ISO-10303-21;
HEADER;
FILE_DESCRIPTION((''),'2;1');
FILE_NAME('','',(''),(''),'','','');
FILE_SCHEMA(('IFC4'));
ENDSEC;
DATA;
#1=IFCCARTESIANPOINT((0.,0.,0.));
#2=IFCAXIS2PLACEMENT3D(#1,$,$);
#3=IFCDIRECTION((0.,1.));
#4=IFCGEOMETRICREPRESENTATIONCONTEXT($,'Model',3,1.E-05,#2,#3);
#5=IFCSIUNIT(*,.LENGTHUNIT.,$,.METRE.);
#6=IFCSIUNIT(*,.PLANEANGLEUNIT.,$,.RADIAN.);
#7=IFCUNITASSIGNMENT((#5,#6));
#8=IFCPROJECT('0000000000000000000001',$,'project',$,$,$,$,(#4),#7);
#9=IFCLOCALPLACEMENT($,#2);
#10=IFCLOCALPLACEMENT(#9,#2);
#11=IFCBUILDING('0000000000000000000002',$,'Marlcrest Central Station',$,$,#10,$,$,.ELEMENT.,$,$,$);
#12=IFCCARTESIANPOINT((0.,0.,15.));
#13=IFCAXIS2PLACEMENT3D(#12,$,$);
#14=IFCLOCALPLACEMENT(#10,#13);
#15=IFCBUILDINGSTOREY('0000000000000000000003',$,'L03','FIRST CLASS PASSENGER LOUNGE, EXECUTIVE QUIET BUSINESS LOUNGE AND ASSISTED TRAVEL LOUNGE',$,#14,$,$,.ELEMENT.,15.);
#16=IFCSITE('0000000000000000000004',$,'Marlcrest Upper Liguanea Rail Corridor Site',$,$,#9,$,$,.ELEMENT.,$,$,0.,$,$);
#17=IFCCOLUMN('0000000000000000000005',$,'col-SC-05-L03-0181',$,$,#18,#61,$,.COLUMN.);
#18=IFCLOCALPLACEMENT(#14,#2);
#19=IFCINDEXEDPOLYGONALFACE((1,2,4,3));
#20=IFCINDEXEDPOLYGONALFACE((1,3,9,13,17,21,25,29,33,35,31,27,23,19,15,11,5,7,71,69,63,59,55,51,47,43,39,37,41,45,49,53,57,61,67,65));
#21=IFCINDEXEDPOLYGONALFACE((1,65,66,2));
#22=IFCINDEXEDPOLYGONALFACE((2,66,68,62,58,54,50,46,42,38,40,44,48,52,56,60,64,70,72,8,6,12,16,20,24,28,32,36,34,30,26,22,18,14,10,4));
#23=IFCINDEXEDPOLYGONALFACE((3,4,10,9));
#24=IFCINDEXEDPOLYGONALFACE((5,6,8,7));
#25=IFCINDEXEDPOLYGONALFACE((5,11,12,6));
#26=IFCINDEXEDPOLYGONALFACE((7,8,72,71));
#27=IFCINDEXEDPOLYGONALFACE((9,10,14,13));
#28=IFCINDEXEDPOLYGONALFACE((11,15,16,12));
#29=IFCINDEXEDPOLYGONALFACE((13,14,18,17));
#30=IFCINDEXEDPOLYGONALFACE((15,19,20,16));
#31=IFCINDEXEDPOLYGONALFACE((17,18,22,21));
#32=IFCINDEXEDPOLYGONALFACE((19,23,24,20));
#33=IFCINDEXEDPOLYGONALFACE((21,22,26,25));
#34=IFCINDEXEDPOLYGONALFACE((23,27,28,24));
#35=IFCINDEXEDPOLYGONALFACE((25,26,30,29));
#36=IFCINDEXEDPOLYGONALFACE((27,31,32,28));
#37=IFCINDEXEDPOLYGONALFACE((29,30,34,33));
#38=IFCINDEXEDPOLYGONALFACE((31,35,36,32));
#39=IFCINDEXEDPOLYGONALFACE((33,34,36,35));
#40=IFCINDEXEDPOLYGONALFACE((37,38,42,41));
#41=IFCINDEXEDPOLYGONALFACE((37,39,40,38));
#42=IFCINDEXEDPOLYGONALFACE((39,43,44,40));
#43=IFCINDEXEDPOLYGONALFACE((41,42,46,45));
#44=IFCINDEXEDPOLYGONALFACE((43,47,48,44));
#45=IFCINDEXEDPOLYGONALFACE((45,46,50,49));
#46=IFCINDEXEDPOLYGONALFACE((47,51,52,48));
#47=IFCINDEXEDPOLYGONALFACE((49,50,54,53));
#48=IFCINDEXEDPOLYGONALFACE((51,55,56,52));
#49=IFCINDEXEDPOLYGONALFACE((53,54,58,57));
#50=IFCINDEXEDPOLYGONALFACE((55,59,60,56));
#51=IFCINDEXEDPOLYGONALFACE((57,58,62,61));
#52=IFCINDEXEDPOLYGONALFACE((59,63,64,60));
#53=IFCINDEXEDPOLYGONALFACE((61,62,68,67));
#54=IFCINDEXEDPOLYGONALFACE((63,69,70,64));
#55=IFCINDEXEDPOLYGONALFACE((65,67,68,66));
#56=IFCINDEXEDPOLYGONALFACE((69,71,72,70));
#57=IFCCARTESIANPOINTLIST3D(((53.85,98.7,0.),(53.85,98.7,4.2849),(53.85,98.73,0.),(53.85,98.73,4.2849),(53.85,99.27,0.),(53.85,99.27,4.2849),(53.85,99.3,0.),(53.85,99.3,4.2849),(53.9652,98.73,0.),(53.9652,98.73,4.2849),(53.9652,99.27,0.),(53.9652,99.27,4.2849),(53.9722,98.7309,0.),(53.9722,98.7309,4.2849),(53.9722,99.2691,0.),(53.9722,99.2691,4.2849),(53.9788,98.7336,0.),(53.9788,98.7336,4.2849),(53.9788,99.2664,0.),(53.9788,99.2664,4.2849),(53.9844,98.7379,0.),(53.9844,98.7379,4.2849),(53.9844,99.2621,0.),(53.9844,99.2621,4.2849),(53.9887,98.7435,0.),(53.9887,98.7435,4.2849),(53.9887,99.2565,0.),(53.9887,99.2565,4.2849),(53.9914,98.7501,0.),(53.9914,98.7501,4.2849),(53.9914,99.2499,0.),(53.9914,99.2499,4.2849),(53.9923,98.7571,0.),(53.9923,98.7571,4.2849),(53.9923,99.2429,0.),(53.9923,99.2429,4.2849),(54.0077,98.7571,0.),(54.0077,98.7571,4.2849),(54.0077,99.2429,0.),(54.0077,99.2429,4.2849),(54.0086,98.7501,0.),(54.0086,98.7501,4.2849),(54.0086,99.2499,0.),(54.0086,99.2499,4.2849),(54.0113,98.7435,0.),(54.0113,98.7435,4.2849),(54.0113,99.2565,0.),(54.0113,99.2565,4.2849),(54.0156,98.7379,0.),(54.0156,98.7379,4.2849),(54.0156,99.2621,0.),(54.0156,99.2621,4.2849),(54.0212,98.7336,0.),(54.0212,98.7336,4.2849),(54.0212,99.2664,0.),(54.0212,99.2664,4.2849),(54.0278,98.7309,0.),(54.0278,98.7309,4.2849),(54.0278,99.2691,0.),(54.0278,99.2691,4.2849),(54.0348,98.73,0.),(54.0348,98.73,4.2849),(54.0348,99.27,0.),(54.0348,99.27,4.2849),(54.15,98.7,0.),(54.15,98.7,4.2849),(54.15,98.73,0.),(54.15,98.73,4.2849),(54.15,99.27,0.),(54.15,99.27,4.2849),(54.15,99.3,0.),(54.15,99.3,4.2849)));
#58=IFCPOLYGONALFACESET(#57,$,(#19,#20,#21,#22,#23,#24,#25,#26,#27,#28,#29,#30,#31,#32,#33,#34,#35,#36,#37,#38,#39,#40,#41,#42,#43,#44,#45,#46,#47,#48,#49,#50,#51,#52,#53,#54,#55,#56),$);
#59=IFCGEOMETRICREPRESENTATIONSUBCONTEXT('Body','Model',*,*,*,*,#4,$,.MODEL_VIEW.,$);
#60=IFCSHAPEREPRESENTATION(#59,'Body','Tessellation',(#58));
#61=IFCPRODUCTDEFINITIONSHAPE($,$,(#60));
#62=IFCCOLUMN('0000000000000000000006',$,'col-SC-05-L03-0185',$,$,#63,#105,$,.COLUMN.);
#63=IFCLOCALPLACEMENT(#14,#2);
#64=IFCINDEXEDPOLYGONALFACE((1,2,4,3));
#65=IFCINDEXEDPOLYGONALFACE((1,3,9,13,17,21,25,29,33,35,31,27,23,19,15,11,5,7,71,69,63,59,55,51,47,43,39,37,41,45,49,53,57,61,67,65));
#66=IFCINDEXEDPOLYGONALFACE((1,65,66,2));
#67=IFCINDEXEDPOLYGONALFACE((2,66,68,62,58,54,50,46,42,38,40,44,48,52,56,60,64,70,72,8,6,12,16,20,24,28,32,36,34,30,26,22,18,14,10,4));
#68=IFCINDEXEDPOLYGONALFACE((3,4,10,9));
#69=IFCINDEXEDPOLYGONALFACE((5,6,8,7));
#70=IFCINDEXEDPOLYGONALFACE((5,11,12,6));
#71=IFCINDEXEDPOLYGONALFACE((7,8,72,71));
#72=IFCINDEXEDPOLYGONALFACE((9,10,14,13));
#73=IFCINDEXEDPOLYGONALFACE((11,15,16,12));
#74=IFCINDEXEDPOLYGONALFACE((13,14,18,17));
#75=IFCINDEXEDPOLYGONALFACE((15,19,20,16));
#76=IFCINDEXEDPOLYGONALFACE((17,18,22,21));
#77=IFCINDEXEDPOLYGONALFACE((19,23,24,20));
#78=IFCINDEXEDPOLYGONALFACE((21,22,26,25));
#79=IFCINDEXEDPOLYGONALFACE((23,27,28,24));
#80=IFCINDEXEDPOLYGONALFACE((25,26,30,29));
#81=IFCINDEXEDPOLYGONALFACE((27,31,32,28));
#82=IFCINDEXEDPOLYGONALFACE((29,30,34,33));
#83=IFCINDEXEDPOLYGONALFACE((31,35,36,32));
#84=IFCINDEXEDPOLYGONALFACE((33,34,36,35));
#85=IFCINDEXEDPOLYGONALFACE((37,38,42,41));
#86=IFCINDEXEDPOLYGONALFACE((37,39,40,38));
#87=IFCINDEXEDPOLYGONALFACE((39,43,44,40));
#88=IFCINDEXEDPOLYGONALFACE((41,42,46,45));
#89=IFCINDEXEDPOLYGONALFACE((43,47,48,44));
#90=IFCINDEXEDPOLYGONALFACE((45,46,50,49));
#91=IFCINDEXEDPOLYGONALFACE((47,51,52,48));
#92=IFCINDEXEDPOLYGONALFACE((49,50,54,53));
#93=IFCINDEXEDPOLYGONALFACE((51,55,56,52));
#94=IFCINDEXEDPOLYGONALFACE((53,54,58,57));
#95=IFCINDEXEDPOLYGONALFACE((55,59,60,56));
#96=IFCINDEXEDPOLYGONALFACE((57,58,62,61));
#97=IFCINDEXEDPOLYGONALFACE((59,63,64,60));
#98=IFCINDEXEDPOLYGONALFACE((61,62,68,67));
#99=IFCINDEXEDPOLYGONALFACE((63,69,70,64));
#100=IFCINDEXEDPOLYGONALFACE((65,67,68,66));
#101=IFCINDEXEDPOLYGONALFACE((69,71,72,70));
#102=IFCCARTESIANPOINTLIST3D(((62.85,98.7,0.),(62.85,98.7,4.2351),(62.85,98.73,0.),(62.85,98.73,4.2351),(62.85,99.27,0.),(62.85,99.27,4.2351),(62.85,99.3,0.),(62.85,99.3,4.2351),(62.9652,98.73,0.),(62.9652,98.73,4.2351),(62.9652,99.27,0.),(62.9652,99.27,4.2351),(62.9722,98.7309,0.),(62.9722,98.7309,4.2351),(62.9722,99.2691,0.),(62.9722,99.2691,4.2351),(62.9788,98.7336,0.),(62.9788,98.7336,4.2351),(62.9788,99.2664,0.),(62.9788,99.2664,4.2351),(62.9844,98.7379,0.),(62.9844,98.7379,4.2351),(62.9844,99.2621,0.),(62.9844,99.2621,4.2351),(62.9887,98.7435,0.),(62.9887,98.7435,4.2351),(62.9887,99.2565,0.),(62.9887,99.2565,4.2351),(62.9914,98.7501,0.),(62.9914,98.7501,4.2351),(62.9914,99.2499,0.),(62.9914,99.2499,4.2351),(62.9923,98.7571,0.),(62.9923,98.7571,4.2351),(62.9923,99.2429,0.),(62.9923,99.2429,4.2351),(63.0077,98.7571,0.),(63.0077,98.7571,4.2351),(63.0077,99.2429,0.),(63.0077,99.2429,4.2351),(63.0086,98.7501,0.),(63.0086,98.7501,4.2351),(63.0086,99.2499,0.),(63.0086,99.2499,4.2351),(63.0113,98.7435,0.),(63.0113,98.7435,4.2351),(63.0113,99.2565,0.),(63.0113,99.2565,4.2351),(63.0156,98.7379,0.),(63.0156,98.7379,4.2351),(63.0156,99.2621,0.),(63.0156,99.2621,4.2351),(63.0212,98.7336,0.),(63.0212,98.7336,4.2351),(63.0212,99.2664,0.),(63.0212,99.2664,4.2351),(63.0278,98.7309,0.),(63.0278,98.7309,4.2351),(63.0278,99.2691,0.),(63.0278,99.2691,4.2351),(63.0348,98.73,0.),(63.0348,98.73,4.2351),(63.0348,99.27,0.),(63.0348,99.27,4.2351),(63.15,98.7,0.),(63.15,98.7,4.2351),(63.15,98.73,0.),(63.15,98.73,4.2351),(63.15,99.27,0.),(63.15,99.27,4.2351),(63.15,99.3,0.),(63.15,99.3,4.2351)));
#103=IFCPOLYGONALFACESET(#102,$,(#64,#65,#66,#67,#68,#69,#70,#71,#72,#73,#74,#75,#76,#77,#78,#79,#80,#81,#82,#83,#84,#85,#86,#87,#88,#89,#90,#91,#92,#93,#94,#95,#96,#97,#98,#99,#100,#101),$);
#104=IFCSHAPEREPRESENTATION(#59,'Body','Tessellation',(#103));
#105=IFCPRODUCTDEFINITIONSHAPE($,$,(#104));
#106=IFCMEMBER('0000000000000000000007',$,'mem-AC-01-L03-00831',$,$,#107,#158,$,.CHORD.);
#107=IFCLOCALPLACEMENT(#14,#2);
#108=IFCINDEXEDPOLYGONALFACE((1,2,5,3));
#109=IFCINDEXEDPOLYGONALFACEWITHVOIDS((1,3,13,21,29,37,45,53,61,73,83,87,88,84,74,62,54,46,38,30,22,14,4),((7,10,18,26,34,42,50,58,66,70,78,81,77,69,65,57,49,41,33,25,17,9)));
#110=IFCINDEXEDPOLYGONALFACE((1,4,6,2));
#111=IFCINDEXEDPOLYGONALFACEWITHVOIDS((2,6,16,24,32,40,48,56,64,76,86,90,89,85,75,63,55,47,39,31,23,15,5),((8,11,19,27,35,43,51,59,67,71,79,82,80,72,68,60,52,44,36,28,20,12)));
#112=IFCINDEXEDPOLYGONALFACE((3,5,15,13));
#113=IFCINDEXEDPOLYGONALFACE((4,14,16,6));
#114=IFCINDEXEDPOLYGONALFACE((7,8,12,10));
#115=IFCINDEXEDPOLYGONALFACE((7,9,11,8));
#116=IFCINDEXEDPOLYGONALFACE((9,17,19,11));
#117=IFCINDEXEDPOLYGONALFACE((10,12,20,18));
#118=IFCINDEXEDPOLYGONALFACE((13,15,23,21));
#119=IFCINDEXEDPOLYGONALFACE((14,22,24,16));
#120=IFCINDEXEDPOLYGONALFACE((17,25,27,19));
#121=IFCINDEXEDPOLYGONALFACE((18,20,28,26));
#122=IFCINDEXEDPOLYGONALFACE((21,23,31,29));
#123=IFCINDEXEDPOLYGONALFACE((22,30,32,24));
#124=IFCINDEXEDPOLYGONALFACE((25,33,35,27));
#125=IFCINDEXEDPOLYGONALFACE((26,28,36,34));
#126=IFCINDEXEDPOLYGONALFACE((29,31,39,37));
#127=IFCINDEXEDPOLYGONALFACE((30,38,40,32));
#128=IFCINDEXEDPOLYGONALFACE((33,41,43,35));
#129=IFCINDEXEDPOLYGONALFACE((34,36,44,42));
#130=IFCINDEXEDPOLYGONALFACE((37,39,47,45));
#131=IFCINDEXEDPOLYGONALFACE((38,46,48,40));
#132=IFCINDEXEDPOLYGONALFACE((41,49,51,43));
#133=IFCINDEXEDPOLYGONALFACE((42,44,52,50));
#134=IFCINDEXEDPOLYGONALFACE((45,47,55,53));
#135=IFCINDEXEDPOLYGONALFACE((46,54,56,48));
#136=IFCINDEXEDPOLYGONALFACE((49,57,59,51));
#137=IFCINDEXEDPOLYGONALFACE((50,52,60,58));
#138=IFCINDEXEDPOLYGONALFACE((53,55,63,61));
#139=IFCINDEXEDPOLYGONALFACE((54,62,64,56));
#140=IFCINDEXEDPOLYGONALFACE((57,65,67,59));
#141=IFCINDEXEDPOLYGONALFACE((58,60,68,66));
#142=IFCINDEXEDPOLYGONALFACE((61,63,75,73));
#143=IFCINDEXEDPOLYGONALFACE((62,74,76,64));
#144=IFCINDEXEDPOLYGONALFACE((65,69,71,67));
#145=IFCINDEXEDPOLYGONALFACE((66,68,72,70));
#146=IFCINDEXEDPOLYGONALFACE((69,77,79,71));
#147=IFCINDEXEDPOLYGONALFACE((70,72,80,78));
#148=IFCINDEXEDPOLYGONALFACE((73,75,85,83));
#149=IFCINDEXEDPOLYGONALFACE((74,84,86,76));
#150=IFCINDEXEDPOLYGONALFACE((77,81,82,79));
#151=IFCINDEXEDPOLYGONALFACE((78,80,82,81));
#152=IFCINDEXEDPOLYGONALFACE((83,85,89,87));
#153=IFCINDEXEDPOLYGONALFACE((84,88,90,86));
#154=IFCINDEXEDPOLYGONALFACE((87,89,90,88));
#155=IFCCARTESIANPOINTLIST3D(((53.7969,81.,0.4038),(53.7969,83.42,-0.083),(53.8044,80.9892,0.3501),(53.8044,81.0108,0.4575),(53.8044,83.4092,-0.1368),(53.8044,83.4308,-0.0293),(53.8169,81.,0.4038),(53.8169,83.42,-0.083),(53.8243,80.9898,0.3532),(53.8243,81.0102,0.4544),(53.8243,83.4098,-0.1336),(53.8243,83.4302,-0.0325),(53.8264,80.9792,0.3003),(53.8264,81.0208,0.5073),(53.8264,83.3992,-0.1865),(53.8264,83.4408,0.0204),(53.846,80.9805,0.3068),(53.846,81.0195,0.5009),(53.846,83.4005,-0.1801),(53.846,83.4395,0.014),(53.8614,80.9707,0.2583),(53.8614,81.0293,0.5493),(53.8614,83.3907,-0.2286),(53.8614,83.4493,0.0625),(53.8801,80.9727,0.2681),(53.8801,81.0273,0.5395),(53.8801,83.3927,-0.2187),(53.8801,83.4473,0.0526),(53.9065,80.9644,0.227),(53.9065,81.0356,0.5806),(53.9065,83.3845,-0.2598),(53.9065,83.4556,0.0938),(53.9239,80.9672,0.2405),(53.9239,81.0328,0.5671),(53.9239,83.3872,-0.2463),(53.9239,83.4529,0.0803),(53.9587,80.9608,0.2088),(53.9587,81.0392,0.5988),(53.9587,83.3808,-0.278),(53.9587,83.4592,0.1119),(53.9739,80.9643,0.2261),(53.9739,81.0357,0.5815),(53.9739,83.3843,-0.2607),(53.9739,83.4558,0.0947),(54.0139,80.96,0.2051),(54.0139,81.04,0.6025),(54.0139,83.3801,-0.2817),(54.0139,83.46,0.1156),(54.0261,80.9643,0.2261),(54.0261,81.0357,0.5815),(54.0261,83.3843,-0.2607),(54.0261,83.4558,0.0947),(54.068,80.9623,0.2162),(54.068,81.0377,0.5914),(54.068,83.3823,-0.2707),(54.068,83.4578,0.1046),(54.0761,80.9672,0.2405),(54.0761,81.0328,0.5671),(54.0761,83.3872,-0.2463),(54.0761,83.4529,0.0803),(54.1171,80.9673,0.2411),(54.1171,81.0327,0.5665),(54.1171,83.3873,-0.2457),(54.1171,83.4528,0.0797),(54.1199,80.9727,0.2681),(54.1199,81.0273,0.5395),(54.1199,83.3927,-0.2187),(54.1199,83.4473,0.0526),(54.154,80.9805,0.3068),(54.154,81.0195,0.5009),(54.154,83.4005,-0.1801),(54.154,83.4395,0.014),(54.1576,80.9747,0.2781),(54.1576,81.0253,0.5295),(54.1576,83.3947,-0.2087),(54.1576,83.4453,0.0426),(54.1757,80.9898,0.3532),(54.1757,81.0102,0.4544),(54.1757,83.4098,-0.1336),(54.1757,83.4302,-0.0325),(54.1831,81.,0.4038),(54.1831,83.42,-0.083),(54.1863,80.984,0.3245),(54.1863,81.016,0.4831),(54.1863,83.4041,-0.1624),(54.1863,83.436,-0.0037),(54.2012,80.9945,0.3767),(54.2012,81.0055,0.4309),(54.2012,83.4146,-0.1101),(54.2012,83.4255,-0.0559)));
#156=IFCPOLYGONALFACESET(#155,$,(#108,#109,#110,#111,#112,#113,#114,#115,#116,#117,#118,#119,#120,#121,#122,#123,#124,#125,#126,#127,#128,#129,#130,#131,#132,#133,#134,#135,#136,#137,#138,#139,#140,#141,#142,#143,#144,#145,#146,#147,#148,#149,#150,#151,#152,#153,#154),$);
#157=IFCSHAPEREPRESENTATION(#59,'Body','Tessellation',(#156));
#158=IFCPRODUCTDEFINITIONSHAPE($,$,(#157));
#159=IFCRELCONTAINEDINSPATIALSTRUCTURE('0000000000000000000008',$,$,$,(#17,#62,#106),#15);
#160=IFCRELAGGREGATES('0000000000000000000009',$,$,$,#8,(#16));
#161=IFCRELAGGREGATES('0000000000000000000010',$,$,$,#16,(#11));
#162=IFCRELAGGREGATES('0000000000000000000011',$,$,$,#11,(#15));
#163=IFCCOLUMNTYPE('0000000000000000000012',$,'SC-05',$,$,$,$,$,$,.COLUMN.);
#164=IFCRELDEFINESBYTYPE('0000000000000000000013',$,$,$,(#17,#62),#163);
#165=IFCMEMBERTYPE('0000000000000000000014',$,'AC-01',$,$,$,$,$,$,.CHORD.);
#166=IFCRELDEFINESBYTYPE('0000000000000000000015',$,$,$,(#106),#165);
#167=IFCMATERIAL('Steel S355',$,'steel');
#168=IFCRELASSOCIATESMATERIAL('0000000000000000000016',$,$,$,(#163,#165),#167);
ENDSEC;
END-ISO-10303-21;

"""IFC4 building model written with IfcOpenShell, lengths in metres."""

from ifc_helpers import new_model, si_unit, direction, frame, origin, origin_2d, place, context, subcontext, project, spatial, hollow_circle, i_section, extrude, material, material_profile, profile_set, type_object, element, save


model = new_model("IFC4")

# Units and contexts
model_context = context("Model", 3, precision=1e-05, world=origin(), true_north=direction((0.0, 1.0)))
body_context = subcontext(model_context, "Body", "Model", "MODEL_VIEW")
ifc_project = project(units=[si_unit("LENGTHUNIT", "METRE"), si_unit("PLANEANGLEUNIT", "RADIAN")], contexts=[model_context])

# Site, building, storey
site_placement = place(None, origin())
site = spatial("IfcSite", under=ifc_project, at=site_placement, Name="Marlcrest Upper Liguanea Rail Corridor Site", CompositionType="ELEMENT", RefElevation=0.0)
building_placement = place(site_placement, origin())
building = spatial("IfcBuilding", under=site, at=building_placement, Name="Marlcrest Central Station", CompositionType="ELEMENT")
storey_placement = place(building_placement, frame((0.0, 0.0, 15.0)))
storey = spatial("IfcBuildingStorey", under=building, at=storey_placement, Name="L03", Description="FIRST CLASS PASSENGER LOUNGE, EXECUTIVE QUIET BUSINESS LOUNGE AND ASSISTED TRAVEL LOUNGE", CompositionType="ELEMENT", Elevation=15.0)

# Columns
ifc_material_1 = material(Name="Steel S355", Category="steel")
ifc_material_profile_1 = material_profile(ifc_material_1, i_section(OverallWidth=0.3, OverallDepth=0.6001, WebThickness=0.0154, FlangeThickness=0.03, FilletRadius=0.0271, at=origin_2d()), Name="HEB 600")
ifc_profile_set_1 = profile_set([ifc_material_profile_1], Name="Steel S355")
column_type = type_object("IfcColumnType", Name="SC-05", PredefinedType="COLUMN", material=ifc_profile_set_1)
column_1_placement = place(storey_placement, frame((54.0, 99.0, 0.0), z_axis=(0.0, 0.0, 1.0), x_axis=(1.0, 0.0, 0.0)))
element("IfcColumn", 1, at=column_1_placement, inside=storey, type_object=column_type, Name="col-SC-05-L03-0181", PredefinedType="COLUMN", context=body_context, shape_type="SweptSolid", body=[
    extrude(i_section(OverallWidth=0.3, OverallDepth=0.6001, WebThickness=0.0154, FlangeThickness=0.03, FilletRadius=0.0271, at=origin_2d()), origin(), (0.0, 0.0, 1.0), 4.2849),
])
column_2_placement = place(storey_placement, frame((63.0, 99.0, 0.0), z_axis=(0.0, 0.0, 1.0), x_axis=(1.0, 0.0, 0.0)))
element("IfcColumn", 2, at=column_2_placement, inside=storey, type_object=column_type, Name="col-SC-05-L03-0185", PredefinedType="COLUMN", context=body_context, shape_type="SweptSolid", body=[
    extrude(i_section(OverallWidth=0.3, OverallDepth=0.6001, WebThickness=0.0154, FlangeThickness=0.03, FilletRadius=0.0271, at=origin_2d()), origin(), (0.0, 0.0, 1.0), 4.2351),
])

# Member
ifc_material_profile_2 = material_profile(ifc_material_1, hollow_circle(Radius=0.2031, WallThickness=0.02, at=origin_2d()), Name="CHS 406.4x20")
ifc_profile_set_2 = profile_set([ifc_material_profile_2], Name="Steel S355")
member_type_1 = type_object("IfcMemberType", Name="AC-01", PredefinedType="CHORD", material=ifc_profile_set_2)
for number, where, z_axis, x_axis, name in (
    (3, (54.0, 81.0, 0.4038), (0.0, 0.980359, -0.197219), (-1.0, 0.0, 0.0), "mem-AC-01-L03-00831"),
):
    element("IfcMember", number, at=place(storey_placement, frame(where, z_axis=z_axis, x_axis=x_axis)), inside=storey, type_object=member_type_1, Name=name, PredefinedType="CHORD", context=body_context, shape_type="SweptSolid", body=[
        extrude(hollow_circle(Radius=0.2031, WallThickness=0.02, at=origin_2d()), origin(), (0.0, 0.0, 1.0), 2.4685),
    ])

save(model, "model.ifc")
